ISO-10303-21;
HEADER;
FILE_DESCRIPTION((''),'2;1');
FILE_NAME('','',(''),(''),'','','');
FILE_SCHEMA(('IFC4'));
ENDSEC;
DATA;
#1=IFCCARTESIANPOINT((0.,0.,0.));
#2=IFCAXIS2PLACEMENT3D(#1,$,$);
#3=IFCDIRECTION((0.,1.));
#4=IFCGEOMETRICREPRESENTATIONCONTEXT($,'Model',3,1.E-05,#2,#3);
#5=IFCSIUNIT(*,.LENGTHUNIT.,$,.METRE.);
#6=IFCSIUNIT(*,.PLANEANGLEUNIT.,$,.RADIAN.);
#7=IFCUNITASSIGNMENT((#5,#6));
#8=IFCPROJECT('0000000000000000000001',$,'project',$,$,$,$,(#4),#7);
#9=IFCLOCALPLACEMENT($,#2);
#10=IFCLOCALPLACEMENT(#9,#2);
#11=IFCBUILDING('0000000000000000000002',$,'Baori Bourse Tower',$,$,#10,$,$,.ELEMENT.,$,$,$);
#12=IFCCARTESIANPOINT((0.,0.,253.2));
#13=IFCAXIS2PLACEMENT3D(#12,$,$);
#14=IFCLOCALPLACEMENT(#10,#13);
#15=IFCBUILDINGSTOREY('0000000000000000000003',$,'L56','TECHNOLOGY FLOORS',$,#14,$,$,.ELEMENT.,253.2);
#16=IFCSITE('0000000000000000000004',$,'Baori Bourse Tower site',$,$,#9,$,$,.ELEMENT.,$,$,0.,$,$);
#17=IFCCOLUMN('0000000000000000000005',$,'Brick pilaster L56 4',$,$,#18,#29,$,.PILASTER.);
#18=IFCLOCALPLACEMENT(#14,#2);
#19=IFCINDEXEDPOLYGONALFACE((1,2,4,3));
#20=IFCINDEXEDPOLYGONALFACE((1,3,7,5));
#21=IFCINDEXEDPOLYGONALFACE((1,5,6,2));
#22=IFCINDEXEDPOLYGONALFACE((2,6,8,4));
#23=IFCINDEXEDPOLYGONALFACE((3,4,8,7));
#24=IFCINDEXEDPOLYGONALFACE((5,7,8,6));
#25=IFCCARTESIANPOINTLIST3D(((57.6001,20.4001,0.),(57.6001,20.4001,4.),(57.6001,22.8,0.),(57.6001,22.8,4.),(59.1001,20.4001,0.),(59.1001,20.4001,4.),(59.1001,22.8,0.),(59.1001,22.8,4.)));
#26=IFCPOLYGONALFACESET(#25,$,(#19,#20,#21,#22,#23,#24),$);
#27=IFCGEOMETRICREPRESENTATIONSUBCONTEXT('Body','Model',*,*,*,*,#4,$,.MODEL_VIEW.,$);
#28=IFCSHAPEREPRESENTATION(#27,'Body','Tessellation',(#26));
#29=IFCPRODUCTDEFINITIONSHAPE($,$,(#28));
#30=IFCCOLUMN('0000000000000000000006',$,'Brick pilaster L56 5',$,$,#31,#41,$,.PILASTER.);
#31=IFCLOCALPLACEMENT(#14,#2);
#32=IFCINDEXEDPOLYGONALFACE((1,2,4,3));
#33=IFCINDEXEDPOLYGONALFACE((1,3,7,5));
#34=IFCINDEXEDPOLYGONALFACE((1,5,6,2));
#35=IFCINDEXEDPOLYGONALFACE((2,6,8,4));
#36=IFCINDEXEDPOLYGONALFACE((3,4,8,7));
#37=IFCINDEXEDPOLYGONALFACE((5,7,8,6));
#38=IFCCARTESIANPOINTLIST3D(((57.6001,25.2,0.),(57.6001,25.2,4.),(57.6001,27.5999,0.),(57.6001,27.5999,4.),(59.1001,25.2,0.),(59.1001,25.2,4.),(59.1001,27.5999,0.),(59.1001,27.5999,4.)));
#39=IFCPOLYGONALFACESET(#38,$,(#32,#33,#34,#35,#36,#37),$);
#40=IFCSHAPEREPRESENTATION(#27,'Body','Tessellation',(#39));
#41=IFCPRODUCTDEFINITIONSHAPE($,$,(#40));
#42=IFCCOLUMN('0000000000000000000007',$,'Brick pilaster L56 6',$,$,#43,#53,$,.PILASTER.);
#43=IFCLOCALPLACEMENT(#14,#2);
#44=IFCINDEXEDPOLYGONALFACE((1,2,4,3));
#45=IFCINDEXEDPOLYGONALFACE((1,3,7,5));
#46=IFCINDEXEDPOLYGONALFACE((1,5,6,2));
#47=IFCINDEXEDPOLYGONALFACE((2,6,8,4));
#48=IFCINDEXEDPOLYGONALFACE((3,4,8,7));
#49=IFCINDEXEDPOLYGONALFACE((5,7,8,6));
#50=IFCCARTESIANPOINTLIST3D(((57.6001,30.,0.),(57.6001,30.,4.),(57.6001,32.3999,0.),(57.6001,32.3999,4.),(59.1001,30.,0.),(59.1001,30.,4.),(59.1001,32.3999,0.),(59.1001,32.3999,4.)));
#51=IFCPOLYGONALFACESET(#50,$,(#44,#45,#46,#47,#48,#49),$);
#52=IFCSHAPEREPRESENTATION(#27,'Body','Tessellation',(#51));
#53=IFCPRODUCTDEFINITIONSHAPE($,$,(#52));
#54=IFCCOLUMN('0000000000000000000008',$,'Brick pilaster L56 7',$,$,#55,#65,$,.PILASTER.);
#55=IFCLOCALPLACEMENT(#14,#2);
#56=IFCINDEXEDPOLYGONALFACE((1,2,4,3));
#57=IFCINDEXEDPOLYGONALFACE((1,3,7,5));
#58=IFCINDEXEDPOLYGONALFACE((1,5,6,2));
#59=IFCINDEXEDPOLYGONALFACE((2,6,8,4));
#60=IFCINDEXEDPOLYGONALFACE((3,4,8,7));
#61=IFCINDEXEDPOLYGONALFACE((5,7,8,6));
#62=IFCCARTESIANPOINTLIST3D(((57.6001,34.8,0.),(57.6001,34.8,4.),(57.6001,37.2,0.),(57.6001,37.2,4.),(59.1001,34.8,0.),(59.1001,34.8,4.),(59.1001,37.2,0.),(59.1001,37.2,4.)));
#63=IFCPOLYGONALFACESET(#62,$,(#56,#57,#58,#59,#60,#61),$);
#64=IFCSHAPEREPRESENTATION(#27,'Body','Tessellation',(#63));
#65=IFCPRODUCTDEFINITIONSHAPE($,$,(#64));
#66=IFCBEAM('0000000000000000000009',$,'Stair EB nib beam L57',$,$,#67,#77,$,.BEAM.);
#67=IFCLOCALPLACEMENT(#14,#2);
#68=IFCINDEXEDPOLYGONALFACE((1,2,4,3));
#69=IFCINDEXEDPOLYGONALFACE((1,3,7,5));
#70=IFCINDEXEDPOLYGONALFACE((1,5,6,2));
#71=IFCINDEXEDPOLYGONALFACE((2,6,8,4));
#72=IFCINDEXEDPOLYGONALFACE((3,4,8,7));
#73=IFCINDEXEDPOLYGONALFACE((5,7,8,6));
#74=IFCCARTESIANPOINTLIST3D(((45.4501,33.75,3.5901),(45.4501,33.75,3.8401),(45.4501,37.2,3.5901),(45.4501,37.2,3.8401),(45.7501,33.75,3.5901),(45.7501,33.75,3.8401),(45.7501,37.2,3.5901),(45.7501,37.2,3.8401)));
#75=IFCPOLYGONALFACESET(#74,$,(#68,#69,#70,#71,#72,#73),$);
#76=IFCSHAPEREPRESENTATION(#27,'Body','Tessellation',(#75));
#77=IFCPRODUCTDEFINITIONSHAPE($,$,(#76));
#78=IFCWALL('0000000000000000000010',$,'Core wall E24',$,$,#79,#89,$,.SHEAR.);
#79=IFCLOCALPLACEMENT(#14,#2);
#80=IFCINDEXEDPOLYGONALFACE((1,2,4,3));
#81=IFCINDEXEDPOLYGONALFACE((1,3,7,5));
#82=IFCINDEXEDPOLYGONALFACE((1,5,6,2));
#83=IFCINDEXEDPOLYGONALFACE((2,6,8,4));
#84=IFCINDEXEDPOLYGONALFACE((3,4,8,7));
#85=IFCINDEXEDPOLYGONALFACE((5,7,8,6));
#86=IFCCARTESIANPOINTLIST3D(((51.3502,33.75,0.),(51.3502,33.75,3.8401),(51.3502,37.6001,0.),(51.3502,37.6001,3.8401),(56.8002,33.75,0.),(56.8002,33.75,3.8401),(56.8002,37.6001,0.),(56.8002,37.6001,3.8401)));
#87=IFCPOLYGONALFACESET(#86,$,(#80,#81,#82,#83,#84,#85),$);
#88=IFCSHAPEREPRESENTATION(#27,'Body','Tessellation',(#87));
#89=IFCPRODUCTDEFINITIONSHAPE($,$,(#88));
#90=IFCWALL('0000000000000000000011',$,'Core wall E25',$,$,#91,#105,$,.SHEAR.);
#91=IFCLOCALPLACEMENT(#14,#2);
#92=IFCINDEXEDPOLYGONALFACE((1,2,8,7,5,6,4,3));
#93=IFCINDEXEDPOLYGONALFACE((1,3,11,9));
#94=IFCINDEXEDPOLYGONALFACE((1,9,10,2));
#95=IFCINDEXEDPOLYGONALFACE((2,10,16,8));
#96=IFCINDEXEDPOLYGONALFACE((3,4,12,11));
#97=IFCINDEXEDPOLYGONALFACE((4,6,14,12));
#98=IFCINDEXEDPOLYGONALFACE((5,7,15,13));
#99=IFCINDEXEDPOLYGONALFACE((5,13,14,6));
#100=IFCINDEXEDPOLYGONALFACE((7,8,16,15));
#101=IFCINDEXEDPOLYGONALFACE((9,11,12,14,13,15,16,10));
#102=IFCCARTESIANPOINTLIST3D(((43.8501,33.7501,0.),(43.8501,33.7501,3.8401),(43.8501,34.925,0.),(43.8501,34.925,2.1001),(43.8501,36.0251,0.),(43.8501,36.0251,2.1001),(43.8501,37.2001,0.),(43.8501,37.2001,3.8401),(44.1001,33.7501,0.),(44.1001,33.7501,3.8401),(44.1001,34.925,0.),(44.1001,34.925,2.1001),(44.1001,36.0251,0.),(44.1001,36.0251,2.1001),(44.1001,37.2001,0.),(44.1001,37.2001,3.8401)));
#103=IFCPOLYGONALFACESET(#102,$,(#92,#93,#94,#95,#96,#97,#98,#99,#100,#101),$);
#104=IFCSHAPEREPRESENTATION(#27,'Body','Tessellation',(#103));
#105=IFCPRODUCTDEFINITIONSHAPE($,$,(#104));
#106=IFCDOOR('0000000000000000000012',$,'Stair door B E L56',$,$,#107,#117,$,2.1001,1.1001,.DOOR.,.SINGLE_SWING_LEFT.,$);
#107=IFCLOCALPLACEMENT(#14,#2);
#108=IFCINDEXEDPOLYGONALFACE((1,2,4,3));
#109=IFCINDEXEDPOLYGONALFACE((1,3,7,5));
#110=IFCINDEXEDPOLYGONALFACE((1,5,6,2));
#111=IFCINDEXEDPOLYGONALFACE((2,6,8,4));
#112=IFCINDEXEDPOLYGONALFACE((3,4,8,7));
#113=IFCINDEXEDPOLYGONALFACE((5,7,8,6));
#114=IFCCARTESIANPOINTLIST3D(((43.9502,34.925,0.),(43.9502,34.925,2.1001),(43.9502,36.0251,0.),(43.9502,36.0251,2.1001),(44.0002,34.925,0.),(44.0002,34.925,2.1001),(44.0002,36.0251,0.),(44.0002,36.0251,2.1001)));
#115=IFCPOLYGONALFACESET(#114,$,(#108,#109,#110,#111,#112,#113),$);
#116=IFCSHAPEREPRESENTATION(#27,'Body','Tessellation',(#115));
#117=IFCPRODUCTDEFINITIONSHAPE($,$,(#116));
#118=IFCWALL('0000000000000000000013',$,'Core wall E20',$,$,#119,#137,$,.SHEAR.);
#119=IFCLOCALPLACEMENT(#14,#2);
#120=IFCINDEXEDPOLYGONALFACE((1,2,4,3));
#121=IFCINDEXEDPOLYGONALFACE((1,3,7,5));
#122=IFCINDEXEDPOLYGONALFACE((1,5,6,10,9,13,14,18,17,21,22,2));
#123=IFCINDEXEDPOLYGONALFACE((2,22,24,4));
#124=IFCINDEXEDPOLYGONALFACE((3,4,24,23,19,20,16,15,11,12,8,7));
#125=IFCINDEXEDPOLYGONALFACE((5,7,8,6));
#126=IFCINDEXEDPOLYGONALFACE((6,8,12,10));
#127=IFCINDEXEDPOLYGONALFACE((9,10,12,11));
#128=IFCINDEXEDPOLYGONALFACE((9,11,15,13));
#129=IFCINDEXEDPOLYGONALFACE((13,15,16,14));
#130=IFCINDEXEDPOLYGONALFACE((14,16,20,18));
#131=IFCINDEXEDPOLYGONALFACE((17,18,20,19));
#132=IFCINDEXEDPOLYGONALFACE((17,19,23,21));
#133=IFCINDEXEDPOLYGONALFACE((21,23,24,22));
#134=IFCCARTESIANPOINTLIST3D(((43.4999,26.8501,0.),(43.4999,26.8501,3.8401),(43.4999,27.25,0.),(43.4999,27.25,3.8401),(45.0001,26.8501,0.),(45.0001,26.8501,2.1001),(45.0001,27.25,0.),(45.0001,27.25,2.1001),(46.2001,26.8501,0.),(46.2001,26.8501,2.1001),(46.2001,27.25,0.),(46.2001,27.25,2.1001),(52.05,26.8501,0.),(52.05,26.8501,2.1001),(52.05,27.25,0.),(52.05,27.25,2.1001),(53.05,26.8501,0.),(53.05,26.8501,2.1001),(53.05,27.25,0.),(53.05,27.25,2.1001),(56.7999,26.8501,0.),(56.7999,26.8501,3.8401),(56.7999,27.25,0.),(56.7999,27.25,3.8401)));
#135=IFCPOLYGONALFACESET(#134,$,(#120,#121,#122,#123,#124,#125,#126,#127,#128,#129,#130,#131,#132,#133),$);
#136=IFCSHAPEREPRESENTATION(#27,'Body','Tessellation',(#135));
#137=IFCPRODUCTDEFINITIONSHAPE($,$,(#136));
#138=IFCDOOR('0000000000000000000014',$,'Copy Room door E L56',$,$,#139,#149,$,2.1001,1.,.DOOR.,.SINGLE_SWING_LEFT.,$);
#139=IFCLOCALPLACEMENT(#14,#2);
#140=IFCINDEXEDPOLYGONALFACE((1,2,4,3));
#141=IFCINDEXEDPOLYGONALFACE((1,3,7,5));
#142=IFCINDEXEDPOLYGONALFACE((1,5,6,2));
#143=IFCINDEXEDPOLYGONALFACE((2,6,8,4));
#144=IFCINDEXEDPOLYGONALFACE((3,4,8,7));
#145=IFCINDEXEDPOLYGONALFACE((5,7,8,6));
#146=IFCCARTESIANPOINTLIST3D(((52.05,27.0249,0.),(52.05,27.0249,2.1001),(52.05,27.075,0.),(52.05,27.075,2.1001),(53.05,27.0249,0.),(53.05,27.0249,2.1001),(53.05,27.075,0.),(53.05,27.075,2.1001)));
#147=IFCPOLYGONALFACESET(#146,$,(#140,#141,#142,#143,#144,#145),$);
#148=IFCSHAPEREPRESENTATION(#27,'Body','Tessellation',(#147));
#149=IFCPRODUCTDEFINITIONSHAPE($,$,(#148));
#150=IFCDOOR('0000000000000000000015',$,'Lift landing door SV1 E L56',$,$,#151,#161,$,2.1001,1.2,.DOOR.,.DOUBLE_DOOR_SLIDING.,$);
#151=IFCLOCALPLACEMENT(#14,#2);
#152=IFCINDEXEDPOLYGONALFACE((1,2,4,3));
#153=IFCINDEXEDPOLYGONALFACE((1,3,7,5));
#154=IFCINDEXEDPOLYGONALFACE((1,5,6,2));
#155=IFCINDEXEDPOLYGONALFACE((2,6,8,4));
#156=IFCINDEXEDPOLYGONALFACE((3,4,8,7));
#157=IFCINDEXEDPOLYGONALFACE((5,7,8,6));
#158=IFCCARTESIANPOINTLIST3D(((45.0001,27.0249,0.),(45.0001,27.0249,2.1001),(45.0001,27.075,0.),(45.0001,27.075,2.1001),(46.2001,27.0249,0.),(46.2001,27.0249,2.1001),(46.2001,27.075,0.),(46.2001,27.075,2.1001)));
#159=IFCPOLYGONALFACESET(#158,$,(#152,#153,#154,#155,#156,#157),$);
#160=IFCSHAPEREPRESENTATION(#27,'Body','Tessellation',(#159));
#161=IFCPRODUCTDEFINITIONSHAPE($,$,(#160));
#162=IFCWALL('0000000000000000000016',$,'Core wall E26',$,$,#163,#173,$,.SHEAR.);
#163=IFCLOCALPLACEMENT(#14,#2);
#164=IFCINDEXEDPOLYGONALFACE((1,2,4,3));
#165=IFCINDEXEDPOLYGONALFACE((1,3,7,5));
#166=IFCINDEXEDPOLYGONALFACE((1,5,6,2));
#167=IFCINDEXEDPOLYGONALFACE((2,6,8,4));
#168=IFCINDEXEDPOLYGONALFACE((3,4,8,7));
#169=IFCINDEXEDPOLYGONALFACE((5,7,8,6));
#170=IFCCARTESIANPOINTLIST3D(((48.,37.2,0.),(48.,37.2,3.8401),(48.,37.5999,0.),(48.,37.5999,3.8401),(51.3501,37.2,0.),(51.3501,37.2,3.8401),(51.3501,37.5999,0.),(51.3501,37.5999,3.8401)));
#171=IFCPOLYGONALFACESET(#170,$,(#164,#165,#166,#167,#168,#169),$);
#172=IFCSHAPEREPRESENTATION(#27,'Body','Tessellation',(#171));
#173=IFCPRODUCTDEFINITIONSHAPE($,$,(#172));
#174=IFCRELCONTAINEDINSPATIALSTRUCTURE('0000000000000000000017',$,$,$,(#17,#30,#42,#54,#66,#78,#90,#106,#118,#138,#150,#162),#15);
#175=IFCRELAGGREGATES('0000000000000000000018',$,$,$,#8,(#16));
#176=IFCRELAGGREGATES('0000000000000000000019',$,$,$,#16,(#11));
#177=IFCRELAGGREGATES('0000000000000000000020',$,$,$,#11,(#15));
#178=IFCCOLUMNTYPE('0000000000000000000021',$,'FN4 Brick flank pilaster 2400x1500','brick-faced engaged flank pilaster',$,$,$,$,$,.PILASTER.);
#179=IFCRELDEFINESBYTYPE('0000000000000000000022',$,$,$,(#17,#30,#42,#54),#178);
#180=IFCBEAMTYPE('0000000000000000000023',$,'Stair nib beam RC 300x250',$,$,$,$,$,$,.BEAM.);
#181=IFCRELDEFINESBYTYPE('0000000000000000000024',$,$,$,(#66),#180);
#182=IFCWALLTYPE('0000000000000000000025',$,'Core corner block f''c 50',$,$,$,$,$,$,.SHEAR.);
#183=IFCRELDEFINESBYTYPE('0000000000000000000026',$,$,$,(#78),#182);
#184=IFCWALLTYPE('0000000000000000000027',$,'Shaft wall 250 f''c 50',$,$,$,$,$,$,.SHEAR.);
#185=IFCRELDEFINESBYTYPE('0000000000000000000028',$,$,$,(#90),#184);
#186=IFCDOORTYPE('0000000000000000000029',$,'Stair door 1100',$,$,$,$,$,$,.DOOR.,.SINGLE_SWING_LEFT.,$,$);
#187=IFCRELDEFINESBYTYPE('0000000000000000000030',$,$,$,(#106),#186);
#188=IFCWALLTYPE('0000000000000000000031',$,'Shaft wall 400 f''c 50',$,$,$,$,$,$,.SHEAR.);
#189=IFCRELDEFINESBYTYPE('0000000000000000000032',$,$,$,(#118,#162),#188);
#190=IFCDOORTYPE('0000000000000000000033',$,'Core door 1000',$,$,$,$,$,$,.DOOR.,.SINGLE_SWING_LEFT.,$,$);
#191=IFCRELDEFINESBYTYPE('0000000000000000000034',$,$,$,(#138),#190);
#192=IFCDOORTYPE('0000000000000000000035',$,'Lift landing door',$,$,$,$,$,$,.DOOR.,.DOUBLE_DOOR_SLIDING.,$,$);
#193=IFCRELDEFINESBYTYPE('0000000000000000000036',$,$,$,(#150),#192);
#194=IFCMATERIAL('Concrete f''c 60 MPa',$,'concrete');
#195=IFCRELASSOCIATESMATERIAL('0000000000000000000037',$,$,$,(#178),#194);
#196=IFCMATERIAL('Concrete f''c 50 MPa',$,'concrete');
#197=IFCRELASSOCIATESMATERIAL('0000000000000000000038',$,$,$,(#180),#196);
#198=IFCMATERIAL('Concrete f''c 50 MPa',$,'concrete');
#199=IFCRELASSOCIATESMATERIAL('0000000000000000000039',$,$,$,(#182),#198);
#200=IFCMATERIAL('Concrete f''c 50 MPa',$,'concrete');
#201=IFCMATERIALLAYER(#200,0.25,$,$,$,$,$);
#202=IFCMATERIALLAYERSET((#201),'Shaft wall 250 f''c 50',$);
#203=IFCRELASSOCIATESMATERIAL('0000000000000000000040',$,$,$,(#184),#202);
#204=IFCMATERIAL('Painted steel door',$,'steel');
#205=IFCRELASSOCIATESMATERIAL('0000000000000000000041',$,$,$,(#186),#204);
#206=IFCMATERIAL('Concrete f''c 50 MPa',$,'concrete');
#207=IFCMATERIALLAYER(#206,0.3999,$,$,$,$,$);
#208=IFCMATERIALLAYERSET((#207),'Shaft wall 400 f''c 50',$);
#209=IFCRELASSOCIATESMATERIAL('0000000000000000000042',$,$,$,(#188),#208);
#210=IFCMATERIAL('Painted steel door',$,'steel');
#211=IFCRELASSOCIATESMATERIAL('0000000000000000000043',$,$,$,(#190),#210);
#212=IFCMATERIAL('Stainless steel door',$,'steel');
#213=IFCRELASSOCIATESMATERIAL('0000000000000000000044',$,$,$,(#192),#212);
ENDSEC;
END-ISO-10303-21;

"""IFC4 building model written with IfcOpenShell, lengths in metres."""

from ifc_helpers import new_model, si_unit, direction, frame, frame_2d, origin, origin_2d, place, context, subcontext, project, spatial, rectangle, extrude, material, layer, layer_set, material_profile, profile_set, type_object, element, fill, save


model = new_model("IFC4")

# Units and contexts
model_context = context("Model", 3, precision=1e-05, world=origin(), true_north=direction((0.0, 1.0)))
body_context = subcontext(model_context, "Body", "Model", "MODEL_VIEW")
ifc_project = project(units=[si_unit("LENGTHUNIT", "METRE"), si_unit("PLANEANGLEUNIT", "RADIAN")], contexts=[model_context])

# Site, building, storey
site_placement = place(None, origin())
site = spatial("IfcSite", under=ifc_project, at=site_placement, Name="Baori Bourse Tower site", CompositionType="ELEMENT", RefElevation=0.0)
building_placement = place(site_placement, origin())
building = spatial("IfcBuilding", under=site, at=building_placement, Name="Baori Bourse Tower", CompositionType="ELEMENT")
storey_placement = place(building_placement, frame((0.0, 0.0, 253.2)))
storey = spatial("IfcBuildingStorey", under=building, at=storey_placement, Name="L56", Description="TECHNOLOGY FLOORS", CompositionType="ELEMENT", Elevation=253.2)

# Columns
ifc_material_1 = material(Name="Concrete f'c 60 MPa", Category="concrete")
ifc_material_profile_1 = material_profile(ifc_material_1, rectangle(XDim=2.3999, YDim=1.5, at=origin_2d()), Name="RC 2400x1500")
ifc_profile_set_1 = profile_set([ifc_material_profile_1], Name="Concrete f'c 60 MPa")
column_type = type_object("IfcColumnType", Name="FN4 Brick flank pilaster 2400x1500", Description="brick-faced engaged flank pilaster", PredefinedType="PILASTER", material=ifc_profile_set_1)
for number, where, z_axis, x_axis, name in (
    (1, (58.3501, 21.6001, 0.0), (0.0, 0.0, 1.0), (0.0, 1.0, 0.0), "Brick pilaster L56 4"),
    (2, (58.3501, 26.3999, 0.0), (0.0, 0.0, 1.0), (0.0, 1.0, 0.0), "Brick pilaster L56 5"),
    (3, (58.3501, 31.2, 0.0), (0.0, 0.0, 1.0), (0.0, 1.0, 0.0), "Brick pilaster L56 6"),
    (4, (58.3501, 36.0, 0.0), (0.0, 0.0, 1.0), (0.0, 1.0, 0.0), "Brick pilaster L56 7"),
):
    element("IfcColumn", number, at=place(storey_placement, frame(where, z_axis=z_axis, x_axis=x_axis)), inside=storey, type_object=column_type, Name=name, PredefinedType="PILASTER", context=body_context, shape_type="SweptSolid", body=[
        extrude(rectangle(XDim=2.3999, YDim=1.5, at=origin_2d()), origin(), (0.0, 0.0, 1.0), 4.0),
    ])

# Beam
ifc_material_2 = material(Name="Concrete f'c 50 MPa", Category="concrete")
ifc_material_profile_2 = material_profile(ifc_material_2, rectangle(XDim=0.3, YDim=0.25, at=origin_2d()), Name="RC 300x250")
ifc_profile_set_2 = profile_set([ifc_material_profile_2], Name="Concrete f'c 50 MPa")
beam_type = type_object("IfcBeamType", Name="Stair nib beam RC 300x250", PredefinedType="BEAM", material=ifc_profile_set_2)
beam_placement = place(storey_placement, frame((45.6001, 33.75, 3.7151), z_axis=(0.0, 1.0, 0.0), x_axis=(-1.0, 0.0, 0.0)))
element("IfcBeam", 5, at=beam_placement, inside=storey, type_object=beam_type, Name="Stair EB nib beam L57", PredefinedType="BEAM", context=body_context, shape_type="SweptSolid", body=[
    extrude(rectangle(XDim=0.3, YDim=0.25, at=origin_2d()), origin(), (0.0, 0.0, 1.0), 3.45),
])

# Wall
ifc_material_3 = material(Name="Concrete f'c 50 MPa", Category="concrete")
wall_type_1 = type_object("IfcWallType", Name="Core corner block f'c 50", PredefinedType="SHEAR", material=ifc_material_3)
wall_1_placement = place(storey_placement, frame((51.3501, 35.675, 0.0), z_axis=(0.0, 0.0, 1.0), x_axis=(1.0, 0.0, 0.0)))
element("IfcWall", 6, at=wall_1_placement, inside=storey, type_object=wall_type_1, Name="Core wall E24", PredefinedType="SHEAR", context=body_context, shape_type="SweptSolid", body=[
    extrude(rectangle(XDim=5.45, YDim=3.8501, at=frame_2d((2.7251, 0.0))), origin(), (0.0, 0.0, 1.0), 3.8401),
])

# Wall, opening, door
ifc_material_4 = material(Name="Concrete f'c 50 MPa", Category="concrete")
ifc_layer_1 = layer(ifc_material_4, 0.25)
ifc_layer_set_1 = layer_set([ifc_layer_1], Name="Shaft wall 250 f'c 50")
wall_type_2 = type_object("IfcWallType", Name="Shaft wall 250 f'c 50", PredefinedType="SHEAR", material=ifc_layer_set_1)
wall_2_placement = place(storey_placement, frame((43.9751, 33.75, 0.0), z_axis=(0.0, 0.0, 1.0), x_axis=(0.0, 1.0, 0.0)))
wall_2 = element("IfcWall", 7, at=wall_2_placement, inside=storey, type_object=wall_type_2, Name="Core wall E25", PredefinedType="SHEAR", context=body_context, shape_type="SweptSolid", body=[
    extrude(rectangle(XDim=3.45, YDim=0.25, at=frame_2d((1.7251, 0.0))), origin(), (0.0, 0.0, 1.0), 3.8401),
])
opening_1_placement = place(wall_2_placement, frame((1.175, 0.0, 0.0)))
opening_1 = element("IfcOpeningElement", 8, at=opening_1_placement, cuts=wall_2, PredefinedType="OPENING", context=body_context, shape_type="SweptSolid", body=[
    extrude(rectangle(XDim=1.1001, YDim=2.1001, at=frame_2d((0.55, 1.05))), frame((0.0, 0.135, 0.0), z_axis=(0.0, -1.0, 0.0), x_axis=(1.0, 0.0, 0.0)), (0.0, 0.0, 1.0), 0.27),
])
ifc_material_5 = material(Name="Painted steel door", Category="steel")
door_type_1 = type_object("IfcDoorType", Name="Stair door 1100", OperationType="SINGLE_SWING_LEFT", PredefinedType="DOOR", material=ifc_material_5)
door_1_placement = place(opening_1_placement, origin())
door_1 = element("IfcDoor", 9, at=door_1_placement, inside=storey, type_object=door_type_1, Name="Stair door B E L56", OperationType="SINGLE_SWING_LEFT", OverallHeight=2.1001, OverallWidth=1.1001, PredefinedType="DOOR", context=body_context, shape_type="SweptSolid", body=[
    extrude(rectangle(XDim=1.1001, YDim=2.1001, at=frame_2d((0.55, 1.05))), frame((0.0, 0.0249, 0.0), z_axis=(0.0, -1.0, 0.0), x_axis=(1.0, 0.0, 0.0)), (0.0, 0.0, 1.0), 0.05),
])
fill(opening_1, door_1)

# Wall, openings, doors
ifc_material_6 = material(Name="Concrete f'c 50 MPa", Category="concrete")
ifc_layer_2 = layer(ifc_material_6, 0.3999)
ifc_layer_set_2 = layer_set([ifc_layer_2], Name="Shaft wall 400 f'c 50")
wall_type_3 = type_object("IfcWallType", Name="Shaft wall 400 f'c 50", PredefinedType="SHEAR", material=ifc_layer_set_2)
wall_3_placement = place(storey_placement, frame((43.5, 27.05, 0.0), z_axis=(0.0, 0.0, 1.0), x_axis=(1.0, 0.0, 0.0)))
wall_3 = element("IfcWall", 10, at=wall_3_placement, inside=storey, type_object=wall_type_3, Name="Core wall E20", PredefinedType="SHEAR", context=body_context, shape_type="SweptSolid", body=[
    extrude(rectangle(XDim=13.3, YDim=0.3999, at=frame_2d((6.6499, 0.0))), origin(), (0.0, 0.0, 1.0), 3.8401),
])
opening_2_placement = place(wall_3_placement, frame((8.55, 0.0, 0.0)))
opening_2 = element("IfcOpeningElement", 11, at=opening_2_placement, cuts=wall_3, PredefinedType="OPENING", context=body_context, shape_type="SweptSolid", body=[
    extrude(rectangle(XDim=1.0, YDim=2.1001, at=frame_2d((0.5, 1.05))), frame((0.0, 0.21, 0.0), z_axis=(0.0, -1.0, 0.0), x_axis=(1.0, 0.0, 0.0)), (0.0, 0.0, 1.0), 0.4199),
])
opening_3_placement = place(wall_3_placement, frame((1.5, 0.0, 0.0)))
opening_3 = element("IfcOpeningElement", 12, at=opening_3_placement, cuts=wall_3, PredefinedType="OPENING", context=body_context, shape_type="SweptSolid", body=[
    extrude(rectangle(XDim=1.2, YDim=2.1001, at=frame_2d((0.6001, 1.05))), frame((0.0, 0.21, 0.0), z_axis=(0.0, -1.0, 0.0), x_axis=(1.0, 0.0, 0.0)), (0.0, 0.0, 1.0), 0.4199),
])
ifc_material_7 = material(Name="Painted steel door", Category="steel")
door_type_2 = type_object("IfcDoorType", Name="Core door 1000", OperationType="SINGLE_SWING_LEFT", PredefinedType="DOOR", material=ifc_material_7)
door_2_placement = place(opening_2_placement, origin())
door_2 = element("IfcDoor", 13, at=door_2_placement, inside=storey, type_object=door_type_2, Name="Copy Room door E L56", OperationType="SINGLE_SWING_LEFT", OverallHeight=2.1001, OverallWidth=1.0, PredefinedType="DOOR", context=body_context, shape_type="SweptSolid", body=[
    extrude(rectangle(XDim=1.0, YDim=2.1001, at=frame_2d((0.5, 1.05))), frame((0.0, 0.0249, 0.0), z_axis=(0.0, -1.0, 0.0), x_axis=(1.0, 0.0, 0.0)), (0.0, 0.0, 1.0), 0.05),
])
fill(opening_2, door_2)
ifc_material_8 = material(Name="Stainless steel door", Category="steel")
door_type_3 = type_object("IfcDoorType", Name="Lift landing door", OperationType="DOUBLE_DOOR_SLIDING", PredefinedType="DOOR", material=ifc_material_8)
door_3_placement = place(opening_3_placement, origin())
door_3 = element("IfcDoor", 14, at=door_3_placement, inside=storey, type_object=door_type_3, Name="Lift landing door SV1 E L56", OperationType="DOUBLE_DOOR_SLIDING", OverallHeight=2.1001, OverallWidth=1.2, PredefinedType="DOOR", context=body_context, shape_type="SweptSolid", body=[
    extrude(rectangle(XDim=1.2, YDim=2.1001, at=frame_2d((0.6001, 1.05))), frame((0.0, 0.0249, 0.0), z_axis=(0.0, -1.0, 0.0), x_axis=(1.0, 0.0, 0.0)), (0.0, 0.0, 1.0), 0.05),
])
fill(opening_3, door_3)

# Wall
wall_4_placement = place(storey_placement, frame((48.0, 37.3999, 0.0), z_axis=(0.0, 0.0, 1.0), x_axis=(1.0, 0.0, 0.0)))
element("IfcWall", 15, at=wall_4_placement, inside=storey, type_object=wall_type_3, Name="Core wall E26", PredefinedType="SHEAR", context=body_context, shape_type="SweptSolid", body=[
    extrude(rectangle(XDim=3.3501, YDim=0.3999, at=frame_2d((1.675, 0.0))), origin(), (0.0, 0.0, 1.0), 3.8401),
])

save(model, "model.ifc")
